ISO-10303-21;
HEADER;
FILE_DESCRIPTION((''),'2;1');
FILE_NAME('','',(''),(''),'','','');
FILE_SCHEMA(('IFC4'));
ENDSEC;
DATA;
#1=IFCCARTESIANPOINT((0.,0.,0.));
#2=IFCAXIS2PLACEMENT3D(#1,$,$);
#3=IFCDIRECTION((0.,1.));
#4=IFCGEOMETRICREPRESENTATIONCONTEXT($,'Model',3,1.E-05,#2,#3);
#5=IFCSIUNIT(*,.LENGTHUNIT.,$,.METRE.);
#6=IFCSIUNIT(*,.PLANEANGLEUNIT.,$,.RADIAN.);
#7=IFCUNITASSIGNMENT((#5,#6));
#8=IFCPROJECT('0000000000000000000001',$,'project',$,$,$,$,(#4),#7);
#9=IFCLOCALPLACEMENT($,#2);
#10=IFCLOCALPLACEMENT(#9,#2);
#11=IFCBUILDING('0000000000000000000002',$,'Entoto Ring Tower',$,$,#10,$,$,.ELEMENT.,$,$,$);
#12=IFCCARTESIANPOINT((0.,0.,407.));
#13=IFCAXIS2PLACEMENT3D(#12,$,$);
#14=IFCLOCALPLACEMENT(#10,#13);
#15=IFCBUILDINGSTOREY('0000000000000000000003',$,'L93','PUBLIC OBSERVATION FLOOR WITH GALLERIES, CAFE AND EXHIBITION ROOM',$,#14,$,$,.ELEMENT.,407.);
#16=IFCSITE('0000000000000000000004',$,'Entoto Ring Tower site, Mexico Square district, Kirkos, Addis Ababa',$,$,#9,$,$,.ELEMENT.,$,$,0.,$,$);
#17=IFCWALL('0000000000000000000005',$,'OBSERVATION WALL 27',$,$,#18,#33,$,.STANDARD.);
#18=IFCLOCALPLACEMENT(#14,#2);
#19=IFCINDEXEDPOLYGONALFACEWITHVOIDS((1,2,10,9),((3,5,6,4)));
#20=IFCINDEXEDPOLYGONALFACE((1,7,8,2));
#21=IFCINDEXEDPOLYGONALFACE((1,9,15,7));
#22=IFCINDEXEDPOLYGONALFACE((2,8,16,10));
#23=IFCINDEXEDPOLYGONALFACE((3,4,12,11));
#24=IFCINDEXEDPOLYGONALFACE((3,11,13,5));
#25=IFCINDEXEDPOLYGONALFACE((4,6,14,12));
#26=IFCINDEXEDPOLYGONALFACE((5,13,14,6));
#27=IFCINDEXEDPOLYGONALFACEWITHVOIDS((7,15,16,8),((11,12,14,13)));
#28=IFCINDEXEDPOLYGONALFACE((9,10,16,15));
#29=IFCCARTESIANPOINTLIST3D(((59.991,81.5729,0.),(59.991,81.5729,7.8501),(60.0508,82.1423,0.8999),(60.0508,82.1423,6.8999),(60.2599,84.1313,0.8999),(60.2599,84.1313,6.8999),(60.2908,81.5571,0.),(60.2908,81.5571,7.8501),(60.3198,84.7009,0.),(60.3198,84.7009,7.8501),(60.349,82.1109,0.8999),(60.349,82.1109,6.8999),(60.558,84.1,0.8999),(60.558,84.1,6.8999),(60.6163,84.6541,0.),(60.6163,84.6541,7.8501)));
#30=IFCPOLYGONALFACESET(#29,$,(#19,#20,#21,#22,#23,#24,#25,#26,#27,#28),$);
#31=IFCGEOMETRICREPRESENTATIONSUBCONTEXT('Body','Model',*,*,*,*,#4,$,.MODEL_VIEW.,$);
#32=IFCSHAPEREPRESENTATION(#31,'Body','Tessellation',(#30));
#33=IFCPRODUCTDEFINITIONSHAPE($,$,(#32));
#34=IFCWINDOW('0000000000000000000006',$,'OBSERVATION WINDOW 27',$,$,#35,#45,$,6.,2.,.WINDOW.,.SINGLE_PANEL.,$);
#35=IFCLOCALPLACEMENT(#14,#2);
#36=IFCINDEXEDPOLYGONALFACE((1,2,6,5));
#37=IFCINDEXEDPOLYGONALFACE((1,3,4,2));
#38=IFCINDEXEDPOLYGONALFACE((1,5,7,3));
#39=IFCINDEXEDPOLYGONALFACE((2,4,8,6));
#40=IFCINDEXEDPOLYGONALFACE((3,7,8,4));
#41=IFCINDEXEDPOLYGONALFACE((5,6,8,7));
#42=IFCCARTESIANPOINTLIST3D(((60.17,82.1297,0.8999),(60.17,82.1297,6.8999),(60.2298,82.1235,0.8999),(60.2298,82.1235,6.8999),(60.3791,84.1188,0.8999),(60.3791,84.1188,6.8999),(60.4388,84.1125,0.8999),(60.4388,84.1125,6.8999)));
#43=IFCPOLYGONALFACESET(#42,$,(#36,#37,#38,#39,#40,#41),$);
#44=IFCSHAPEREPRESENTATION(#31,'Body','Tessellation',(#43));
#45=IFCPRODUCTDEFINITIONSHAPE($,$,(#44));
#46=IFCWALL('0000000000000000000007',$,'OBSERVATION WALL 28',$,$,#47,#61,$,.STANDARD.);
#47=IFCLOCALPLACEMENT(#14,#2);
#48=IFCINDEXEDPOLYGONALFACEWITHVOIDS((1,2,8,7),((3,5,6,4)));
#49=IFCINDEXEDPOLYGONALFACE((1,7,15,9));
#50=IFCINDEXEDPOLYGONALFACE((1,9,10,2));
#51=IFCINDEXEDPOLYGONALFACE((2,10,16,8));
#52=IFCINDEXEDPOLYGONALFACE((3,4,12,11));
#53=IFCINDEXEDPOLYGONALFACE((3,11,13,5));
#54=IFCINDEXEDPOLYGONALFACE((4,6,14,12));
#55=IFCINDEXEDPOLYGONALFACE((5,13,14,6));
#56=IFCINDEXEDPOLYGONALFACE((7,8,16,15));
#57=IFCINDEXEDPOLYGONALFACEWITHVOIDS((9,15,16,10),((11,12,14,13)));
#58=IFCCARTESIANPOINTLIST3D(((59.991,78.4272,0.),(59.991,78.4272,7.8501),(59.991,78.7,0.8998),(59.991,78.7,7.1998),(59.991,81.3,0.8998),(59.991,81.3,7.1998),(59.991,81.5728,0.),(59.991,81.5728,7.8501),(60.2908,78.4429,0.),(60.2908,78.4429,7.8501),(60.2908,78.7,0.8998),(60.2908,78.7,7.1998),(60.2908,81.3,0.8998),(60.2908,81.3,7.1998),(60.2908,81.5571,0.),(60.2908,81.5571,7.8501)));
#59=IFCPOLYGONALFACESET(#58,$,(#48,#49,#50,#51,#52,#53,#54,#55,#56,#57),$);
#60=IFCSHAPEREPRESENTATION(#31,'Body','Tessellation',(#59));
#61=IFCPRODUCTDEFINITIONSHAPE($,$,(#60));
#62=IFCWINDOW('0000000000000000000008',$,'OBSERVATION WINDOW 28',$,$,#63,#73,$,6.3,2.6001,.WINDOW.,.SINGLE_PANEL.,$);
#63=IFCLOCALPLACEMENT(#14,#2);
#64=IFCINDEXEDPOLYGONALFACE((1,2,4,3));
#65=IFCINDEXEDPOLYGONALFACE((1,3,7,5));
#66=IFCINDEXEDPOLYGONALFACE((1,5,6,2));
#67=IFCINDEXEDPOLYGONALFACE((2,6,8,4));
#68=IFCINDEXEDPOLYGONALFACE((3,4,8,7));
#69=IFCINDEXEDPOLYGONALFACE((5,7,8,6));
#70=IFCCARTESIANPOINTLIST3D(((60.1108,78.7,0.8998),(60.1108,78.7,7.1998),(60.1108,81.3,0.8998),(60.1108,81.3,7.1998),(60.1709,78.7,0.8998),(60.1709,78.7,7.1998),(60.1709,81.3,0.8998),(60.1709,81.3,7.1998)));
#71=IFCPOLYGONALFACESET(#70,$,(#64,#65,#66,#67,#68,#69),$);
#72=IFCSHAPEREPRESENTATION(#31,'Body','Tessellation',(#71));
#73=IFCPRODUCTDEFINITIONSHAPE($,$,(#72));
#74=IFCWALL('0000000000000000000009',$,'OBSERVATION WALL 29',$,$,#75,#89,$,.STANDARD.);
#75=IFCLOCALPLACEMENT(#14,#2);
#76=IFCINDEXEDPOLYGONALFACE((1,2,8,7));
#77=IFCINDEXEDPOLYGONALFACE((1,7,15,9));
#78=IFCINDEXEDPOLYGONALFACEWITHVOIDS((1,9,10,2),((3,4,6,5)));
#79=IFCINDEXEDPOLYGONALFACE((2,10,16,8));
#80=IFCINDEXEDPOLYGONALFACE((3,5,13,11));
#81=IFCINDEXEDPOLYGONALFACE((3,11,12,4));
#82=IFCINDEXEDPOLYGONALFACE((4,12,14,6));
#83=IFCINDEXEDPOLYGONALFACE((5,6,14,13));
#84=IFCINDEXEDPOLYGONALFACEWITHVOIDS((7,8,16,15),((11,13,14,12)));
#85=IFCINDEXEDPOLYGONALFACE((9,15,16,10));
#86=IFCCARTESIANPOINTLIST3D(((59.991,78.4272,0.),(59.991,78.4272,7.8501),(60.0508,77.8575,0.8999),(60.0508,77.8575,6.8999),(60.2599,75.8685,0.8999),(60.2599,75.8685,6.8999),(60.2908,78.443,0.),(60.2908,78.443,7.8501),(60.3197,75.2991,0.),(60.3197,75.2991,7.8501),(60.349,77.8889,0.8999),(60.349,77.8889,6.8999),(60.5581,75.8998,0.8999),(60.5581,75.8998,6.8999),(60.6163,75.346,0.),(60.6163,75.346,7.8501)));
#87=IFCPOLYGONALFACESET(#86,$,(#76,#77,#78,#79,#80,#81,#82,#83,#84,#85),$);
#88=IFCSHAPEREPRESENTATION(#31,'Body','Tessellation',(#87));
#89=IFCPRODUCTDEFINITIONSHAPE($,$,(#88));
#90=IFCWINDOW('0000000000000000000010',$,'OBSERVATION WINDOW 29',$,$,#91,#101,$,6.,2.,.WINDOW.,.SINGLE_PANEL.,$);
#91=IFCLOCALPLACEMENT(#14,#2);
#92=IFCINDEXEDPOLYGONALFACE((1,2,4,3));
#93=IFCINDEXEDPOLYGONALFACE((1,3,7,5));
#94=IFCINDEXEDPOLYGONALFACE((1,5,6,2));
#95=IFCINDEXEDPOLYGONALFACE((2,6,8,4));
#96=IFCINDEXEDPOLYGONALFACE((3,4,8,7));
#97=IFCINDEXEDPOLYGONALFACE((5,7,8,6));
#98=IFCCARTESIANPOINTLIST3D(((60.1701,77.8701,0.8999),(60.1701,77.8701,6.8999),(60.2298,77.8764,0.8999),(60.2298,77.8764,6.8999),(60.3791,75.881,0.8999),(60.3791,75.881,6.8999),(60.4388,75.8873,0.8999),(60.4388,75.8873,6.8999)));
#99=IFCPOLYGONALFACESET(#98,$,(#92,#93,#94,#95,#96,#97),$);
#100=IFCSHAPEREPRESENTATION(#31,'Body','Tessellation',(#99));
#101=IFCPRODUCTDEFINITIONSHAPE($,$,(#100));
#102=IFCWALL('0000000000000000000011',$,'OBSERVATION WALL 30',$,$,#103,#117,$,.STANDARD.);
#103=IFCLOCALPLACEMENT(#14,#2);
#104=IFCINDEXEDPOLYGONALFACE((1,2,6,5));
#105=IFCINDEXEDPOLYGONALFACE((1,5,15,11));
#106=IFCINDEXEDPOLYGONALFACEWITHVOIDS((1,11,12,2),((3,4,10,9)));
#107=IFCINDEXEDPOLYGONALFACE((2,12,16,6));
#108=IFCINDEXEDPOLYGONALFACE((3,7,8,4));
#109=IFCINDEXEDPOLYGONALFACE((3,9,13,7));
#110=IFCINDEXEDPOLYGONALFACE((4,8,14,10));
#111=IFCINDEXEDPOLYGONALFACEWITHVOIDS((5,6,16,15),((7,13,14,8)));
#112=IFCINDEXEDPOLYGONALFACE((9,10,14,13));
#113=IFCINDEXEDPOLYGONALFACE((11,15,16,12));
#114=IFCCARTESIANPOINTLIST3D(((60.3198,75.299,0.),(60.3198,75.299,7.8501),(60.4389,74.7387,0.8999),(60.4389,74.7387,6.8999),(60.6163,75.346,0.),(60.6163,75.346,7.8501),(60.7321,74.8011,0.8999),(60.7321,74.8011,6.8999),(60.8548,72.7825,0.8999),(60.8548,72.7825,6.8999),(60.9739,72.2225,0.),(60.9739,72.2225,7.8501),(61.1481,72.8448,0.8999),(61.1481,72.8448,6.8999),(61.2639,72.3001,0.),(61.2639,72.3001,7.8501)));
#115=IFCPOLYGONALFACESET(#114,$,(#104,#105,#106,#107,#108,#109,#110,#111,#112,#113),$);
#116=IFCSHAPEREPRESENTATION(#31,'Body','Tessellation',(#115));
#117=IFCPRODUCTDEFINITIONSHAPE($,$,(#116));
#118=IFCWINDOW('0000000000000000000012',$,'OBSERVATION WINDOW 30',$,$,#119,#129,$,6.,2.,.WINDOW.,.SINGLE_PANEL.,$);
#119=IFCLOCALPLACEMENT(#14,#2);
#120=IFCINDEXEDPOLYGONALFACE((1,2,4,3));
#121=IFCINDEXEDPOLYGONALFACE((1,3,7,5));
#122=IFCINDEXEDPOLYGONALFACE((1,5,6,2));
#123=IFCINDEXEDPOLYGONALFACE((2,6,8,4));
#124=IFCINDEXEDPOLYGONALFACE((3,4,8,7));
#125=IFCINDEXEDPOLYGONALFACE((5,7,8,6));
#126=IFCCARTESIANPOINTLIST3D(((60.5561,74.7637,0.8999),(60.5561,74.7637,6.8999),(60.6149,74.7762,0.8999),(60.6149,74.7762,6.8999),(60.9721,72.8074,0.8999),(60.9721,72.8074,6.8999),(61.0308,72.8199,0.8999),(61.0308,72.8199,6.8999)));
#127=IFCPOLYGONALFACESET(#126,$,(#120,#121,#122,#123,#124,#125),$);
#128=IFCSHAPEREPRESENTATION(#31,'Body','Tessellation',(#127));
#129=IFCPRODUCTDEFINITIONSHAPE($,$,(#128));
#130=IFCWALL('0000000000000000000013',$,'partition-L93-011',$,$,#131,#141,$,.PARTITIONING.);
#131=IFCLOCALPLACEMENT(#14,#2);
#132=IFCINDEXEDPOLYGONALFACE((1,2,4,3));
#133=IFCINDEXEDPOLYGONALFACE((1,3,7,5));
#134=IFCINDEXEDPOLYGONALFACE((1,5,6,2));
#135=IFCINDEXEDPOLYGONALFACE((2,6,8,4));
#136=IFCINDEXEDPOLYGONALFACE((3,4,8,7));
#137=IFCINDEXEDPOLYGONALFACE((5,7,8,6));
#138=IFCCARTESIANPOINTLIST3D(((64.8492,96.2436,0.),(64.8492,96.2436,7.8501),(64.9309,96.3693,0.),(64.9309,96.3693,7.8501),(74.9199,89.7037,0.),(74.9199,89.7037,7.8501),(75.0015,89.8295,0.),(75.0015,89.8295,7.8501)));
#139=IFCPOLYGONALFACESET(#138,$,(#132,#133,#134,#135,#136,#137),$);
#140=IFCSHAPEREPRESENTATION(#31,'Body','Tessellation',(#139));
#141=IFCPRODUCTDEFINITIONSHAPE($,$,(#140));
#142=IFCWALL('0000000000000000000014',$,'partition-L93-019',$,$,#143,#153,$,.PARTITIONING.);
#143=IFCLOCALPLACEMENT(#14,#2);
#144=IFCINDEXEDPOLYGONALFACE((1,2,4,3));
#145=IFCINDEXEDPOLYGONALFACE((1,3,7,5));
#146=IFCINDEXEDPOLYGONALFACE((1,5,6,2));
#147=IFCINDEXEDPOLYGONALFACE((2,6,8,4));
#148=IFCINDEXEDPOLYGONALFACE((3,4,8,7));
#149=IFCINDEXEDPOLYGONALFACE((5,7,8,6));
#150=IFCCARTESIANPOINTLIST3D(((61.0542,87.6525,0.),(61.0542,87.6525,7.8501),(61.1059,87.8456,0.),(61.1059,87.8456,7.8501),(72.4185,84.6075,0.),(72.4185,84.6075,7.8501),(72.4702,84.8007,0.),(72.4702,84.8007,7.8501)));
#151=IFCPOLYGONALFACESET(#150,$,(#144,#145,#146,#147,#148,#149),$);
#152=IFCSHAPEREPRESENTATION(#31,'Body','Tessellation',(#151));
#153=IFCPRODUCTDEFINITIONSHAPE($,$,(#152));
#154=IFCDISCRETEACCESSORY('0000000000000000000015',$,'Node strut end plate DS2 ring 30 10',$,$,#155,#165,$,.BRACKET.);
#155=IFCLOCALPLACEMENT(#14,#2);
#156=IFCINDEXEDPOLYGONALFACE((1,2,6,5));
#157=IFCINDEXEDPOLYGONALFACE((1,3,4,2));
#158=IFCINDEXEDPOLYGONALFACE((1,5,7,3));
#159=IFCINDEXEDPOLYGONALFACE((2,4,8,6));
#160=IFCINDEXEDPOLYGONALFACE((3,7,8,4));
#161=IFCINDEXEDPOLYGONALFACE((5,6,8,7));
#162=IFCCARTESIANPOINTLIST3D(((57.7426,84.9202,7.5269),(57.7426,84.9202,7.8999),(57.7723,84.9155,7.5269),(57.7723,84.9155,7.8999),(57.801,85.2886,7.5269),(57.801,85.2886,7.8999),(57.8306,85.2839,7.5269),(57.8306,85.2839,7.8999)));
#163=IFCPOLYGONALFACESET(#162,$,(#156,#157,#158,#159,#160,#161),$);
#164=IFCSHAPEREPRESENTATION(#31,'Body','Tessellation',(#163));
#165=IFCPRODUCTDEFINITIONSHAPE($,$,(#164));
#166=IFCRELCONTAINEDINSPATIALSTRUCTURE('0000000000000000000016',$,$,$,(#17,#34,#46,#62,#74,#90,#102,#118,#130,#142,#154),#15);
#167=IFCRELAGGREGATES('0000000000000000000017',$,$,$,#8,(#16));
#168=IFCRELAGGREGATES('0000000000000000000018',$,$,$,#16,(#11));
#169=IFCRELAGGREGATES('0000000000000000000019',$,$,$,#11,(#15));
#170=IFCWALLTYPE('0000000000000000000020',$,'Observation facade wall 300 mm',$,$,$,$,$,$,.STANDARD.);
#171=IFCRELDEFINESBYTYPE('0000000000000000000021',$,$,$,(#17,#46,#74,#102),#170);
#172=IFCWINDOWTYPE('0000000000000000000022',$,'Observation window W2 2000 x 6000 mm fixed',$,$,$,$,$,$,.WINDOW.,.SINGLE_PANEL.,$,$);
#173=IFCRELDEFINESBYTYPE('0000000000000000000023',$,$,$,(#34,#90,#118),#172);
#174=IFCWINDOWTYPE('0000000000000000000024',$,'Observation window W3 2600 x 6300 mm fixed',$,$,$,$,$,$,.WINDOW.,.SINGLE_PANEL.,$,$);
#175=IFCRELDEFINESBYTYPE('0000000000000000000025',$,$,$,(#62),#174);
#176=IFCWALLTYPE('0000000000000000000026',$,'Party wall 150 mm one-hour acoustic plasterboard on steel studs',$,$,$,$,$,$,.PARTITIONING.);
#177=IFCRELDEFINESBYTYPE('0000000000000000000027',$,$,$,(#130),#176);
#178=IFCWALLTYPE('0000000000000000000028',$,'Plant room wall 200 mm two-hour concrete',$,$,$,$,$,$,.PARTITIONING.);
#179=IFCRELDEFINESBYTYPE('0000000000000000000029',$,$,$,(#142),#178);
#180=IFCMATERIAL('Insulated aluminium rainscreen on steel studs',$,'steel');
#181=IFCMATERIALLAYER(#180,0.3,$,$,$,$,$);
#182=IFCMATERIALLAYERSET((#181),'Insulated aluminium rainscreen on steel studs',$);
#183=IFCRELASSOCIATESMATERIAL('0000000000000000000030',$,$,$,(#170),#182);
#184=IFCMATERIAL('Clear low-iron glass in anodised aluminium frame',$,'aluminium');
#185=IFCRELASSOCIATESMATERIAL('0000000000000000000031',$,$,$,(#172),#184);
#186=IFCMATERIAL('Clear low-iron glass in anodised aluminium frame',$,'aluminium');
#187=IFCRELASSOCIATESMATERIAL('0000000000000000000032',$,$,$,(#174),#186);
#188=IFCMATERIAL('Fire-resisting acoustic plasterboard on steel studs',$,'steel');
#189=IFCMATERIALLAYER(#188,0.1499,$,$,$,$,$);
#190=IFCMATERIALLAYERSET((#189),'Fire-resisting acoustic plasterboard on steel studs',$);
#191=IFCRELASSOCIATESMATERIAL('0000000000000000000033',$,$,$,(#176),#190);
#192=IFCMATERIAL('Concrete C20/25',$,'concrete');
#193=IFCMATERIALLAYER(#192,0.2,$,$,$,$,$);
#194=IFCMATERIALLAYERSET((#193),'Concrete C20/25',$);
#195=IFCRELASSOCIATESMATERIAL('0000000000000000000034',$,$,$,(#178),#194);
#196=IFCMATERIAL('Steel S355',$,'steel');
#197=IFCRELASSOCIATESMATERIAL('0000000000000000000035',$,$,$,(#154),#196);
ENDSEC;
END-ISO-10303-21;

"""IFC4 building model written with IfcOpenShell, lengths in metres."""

from ifc_helpers import new_model, si_unit, direction, frame, frame_2d, origin, origin_2d, place, context, subcontext, project, spatial, polyline, rectangle, outline, extrude, material, layer, layer_set, type_object, element, fill, save


model = new_model("IFC4")

# Units and contexts
model_context = context("Model", 3, precision=1e-05, world=origin(), true_north=direction((0.0, 1.0)))
body_context = subcontext(model_context, "Body", "Model", "MODEL_VIEW")
ifc_project = project(units=[si_unit("LENGTHUNIT", "METRE"), si_unit("PLANEANGLEUNIT", "RADIAN")], contexts=[model_context])

# Site, building, storey
site_placement = place(None, origin())
site = spatial("IfcSite", under=ifc_project, at=site_placement, Name="Entoto Ring Tower site, Mexico Square district, Kirkos, Addis Ababa", CompositionType="ELEMENT", RefElevation=0.0)
building_placement = place(site_placement, origin())
building = spatial("IfcBuilding", under=site, at=building_placement, Name="Entoto Ring Tower", CompositionType="ELEMENT")
storey_placement = place(building_placement, frame((0.0, 0.0, 407.0)))
storey = spatial("IfcBuildingStorey", under=building, at=storey_placement, Name="L93", Description="PUBLIC OBSERVATION FLOOR WITH GALLERIES, CAFE AND EXHIBITION ROOM", CompositionType="ELEMENT", Elevation=407.0)

# Walls, openings, windows
ifc_material_1 = material(Name="Insulated aluminium rainscreen on steel studs", Category="steel")
ifc_layer_1 = layer(ifc_material_1, 0.3)
ifc_layer_set_1 = layer_set([ifc_layer_1], Name="Insulated aluminium rainscreen on steel studs")
wall_type_1 = type_object("IfcWallType", Name="Observation facade wall 300 mm", PredefinedType="STANDARD", material=ifc_layer_set_1)
ifc_material_2 = material(Name="Clear low-iron glass in anodised aluminium frame", Category="aluminium")
window_type_1 = type_object("IfcWindowType", Name="Observation window W2 2000 x 6000 mm fixed", PartitioningType="SINGLE_PANEL", PredefinedType="WINDOW", material=ifc_material_2)
wall_1_placement = place(storey_placement, frame((60.468, 84.6775, 0.0), z_axis=(0.0, 0.0, 1.0), x_axis=(-0.10453, -0.994522, 0.0)))
wall_1 = element("IfcWall", 1, at=wall_1_placement, inside=storey, type_object=wall_type_1, Name="OBSERVATION WALL 27", PredefinedType="STANDARD", context=body_context, shape_type="SweptSolid", body=[
    extrude(outline(polyline([(-0.0078, -0.1499), (3.1375, -0.1499), (3.1218, 0.1499), (0.0078, 0.1499), (-0.0078, -0.1499)])), origin(), (0.0, 0.0, 1.0), 7.8501),
])
opening_1_placement = place(wall_1_placement, frame((0.5649, 0.0, 0.8999)))
opening_1 = element("IfcOpeningElement", 2, at=opening_1_placement, cuts=wall_1, PredefinedType="OPENING", context=body_context, shape_type="SweptSolid", body=[
    extrude(rectangle(XDim=2.0, YDim=6.0, at=frame_2d((1.0, 3.0))), frame((0.0, 0.1602, 0.0), z_axis=(0.0, -1.0, 0.0), x_axis=(1.0, 0.0, 0.0)), (0.0, 0.0, 1.0), 0.3201),
])
window_1_placement = place(opening_1_placement, origin())
window_1 = element("IfcWindow", 3, at=window_1_placement, inside=storey, type_object=window_type_1, Name="OBSERVATION WINDOW 27", OverallHeight=6.0, OverallWidth=2.0, PartitioningType="SINGLE_PANEL", PredefinedType="WINDOW", context=body_context, shape_type="SweptSolid", body=[
    extrude(rectangle(XDim=2.0, YDim=6.0, at=frame_2d((1.0, 3.0))), frame((0.0, 0.03, 0.0), z_axis=(0.0, -1.0, 0.0), x_axis=(1.0, 0.0, 0.0)), (0.0, 0.0, 1.0), 0.0601),
])
fill(opening_1, window_1)
wall_2_placement = place(storey_placement, frame((60.1409, 81.5649, 0.0), z_axis=(0.0, 0.0, 1.0), x_axis=(0.0, -1.0, 0.0)))
wall_2 = element("IfcWall", 4, at=wall_2_placement, inside=storey, type_object=wall_type_1, Name="OBSERVATION WALL 28", PredefinedType="STANDARD", context=body_context, shape_type="SweptSolid", body=[
    extrude(outline(polyline([(-0.0078, -0.1499), (3.1377, -0.1499), (3.1221, 0.1499), (0.0078, 0.1499), (-0.0078, -0.1499)])), origin(), (0.0, 0.0, 1.0), 7.8501),
])
opening_2_placement = place(wall_2_placement, frame((0.2649, 0.0, 0.8999)))
opening_2 = element("IfcOpeningElement", 5, at=opening_2_placement, cuts=wall_2, PredefinedType="OPENING", context=body_context, shape_type="SweptSolid", body=[
    extrude(rectangle(XDim=2.6001, YDim=6.3, at=frame_2d((1.3, 3.1499))), frame((0.0, 0.1602, 0.0), z_axis=(0.0, -1.0, 0.0), x_axis=(1.0, 0.0, 0.0)), (0.0, 0.0, 1.0), 0.3201),
])
ifc_material_3 = material(Name="Clear low-iron glass in anodised aluminium frame", Category="aluminium")
window_type_2 = type_object("IfcWindowType", Name="Observation window W3 2600 x 6300 mm fixed", PartitioningType="SINGLE_PANEL", PredefinedType="WINDOW", material=ifc_material_3)
window_2_placement = place(opening_2_placement, origin())
window_2 = element("IfcWindow", 6, at=window_2_placement, inside=storey, type_object=window_type_2, Name="OBSERVATION WINDOW 28", OverallHeight=6.3, OverallWidth=2.6001, PartitioningType="SINGLE_PANEL", PredefinedType="WINDOW", context=body_context, shape_type="SweptSolid", body=[
    extrude(rectangle(XDim=2.6001, YDim=6.3, at=frame_2d((1.3, 3.1499))), frame((0.0, 0.03, 0.0), z_axis=(0.0, -1.0, 0.0), x_axis=(1.0, 0.0, 0.0)), (0.0, 0.0, 1.0), 0.0601),
])
fill(opening_2, window_2)
wall_3_placement = place(storey_placement, frame((60.1409, 78.4351, 0.0), z_axis=(0.0, 0.0, 1.0), x_axis=(0.10453, -0.994522, 0.0)))
wall_3 = element("IfcWall", 7, at=wall_3_placement, inside=storey, type_object=wall_type_1, Name="OBSERVATION WALL 29", PredefinedType="STANDARD", context=body_context, shape_type="SweptSolid", body=[
    extrude(outline(polyline([(-0.0078, -0.1499), (3.1375, -0.1499), (3.1218, 0.1499), (0.0078, 0.1499), (-0.0078, -0.1499)])), origin(), (0.0, 0.0, 1.0), 7.8501),
])
opening_3_placement = place(wall_3_placement, frame((0.5649, 0.0, 0.8999)))
opening_3 = element("IfcOpeningElement", 8, at=opening_3_placement, cuts=wall_3, PredefinedType="OPENING", context=body_context, shape_type="SweptSolid", body=[
    extrude(rectangle(XDim=2.0, YDim=6.0, at=frame_2d((1.0, 3.0))), frame((0.0, 0.1602, 0.0), z_axis=(0.0, -1.0, 0.0), x_axis=(1.0, 0.0, 0.0)), (0.0, 0.0, 1.0), 0.3201),
])
window_3_placement = place(opening_3_placement, origin())
window_3 = element("IfcWindow", 9, at=window_3_placement, inside=storey, type_object=window_type_1, Name="OBSERVATION WINDOW 29", OverallHeight=6.0, OverallWidth=2.0, PartitioningType="SINGLE_PANEL", PredefinedType="WINDOW", context=body_context, shape_type="SweptSolid", body=[
    extrude(rectangle(XDim=2.0, YDim=6.0, at=frame_2d((1.0, 3.0))), frame((0.0, 0.03, 0.0), z_axis=(0.0, -1.0, 0.0), x_axis=(1.0, 0.0, 0.0)), (0.0, 0.0, 1.0), 0.0601),
])
fill(opening_3, window_3)
wall_4_placement = place(storey_placement, frame((60.468, 75.3225, 0.0), z_axis=(0.0, 0.0, 1.0), x_axis=(0.207968, -0.978136, 0.0)))
wall_4 = element("IfcWall", 10, at=wall_4_placement, inside=storey, type_object=wall_type_1, Name="OBSERVATION WALL 30", PredefinedType="STANDARD", context=body_context, shape_type="SweptSolid", body=[
    extrude(outline(polyline([(-0.0078, -0.1499), (3.1375, -0.1499), (3.1218, 0.1499), (0.0078, 0.1499), (-0.0078, -0.1499)])), origin(), (0.0, 0.0, 1.0), 7.8501),
])
opening_4_placement = place(wall_4_placement, frame((0.5649, 0.0, 0.8999)))
opening_4 = element("IfcOpeningElement", 11, at=opening_4_placement, cuts=wall_4, PredefinedType="OPENING", context=body_context, shape_type="SweptSolid", body=[
    extrude(rectangle(XDim=2.0, YDim=6.0, at=frame_2d((1.0, 3.0))), frame((0.0, 0.1602, 0.0), z_axis=(0.0, -1.0, 0.0), x_axis=(1.0, 0.0, 0.0)), (0.0, 0.0, 1.0), 0.3201),
])
window_4_placement = place(opening_4_placement, origin())
window_4 = element("IfcWindow", 12, at=window_4_placement, inside=storey, type_object=window_type_1, Name="OBSERVATION WINDOW 30", OverallHeight=6.0, OverallWidth=2.0, PartitioningType="SINGLE_PANEL", PredefinedType="WINDOW", context=body_context, shape_type="SweptSolid", body=[
    extrude(rectangle(XDim=2.0, YDim=6.0, at=frame_2d((1.0, 3.0))), frame((0.0, 0.03, 0.0), z_axis=(0.0, -1.0, 0.0), x_axis=(1.0, 0.0, 0.0)), (0.0, 0.0, 1.0), 0.0601),
])
fill(opening_4, window_4)

# Walls
ifc_material_4 = material(Name="Fire-resisting acoustic plasterboard on steel studs", Category="steel")
ifc_layer_2 = layer(ifc_material_4, 0.1499)
ifc_layer_set_2 = layer_set([ifc_layer_2], Name="Fire-resisting acoustic plasterboard on steel studs")
wall_type_2 = type_object("IfcWallType", Name="Party wall 150 mm one-hour acoustic plasterboard on steel studs", PredefinedType="PARTITIONING", material=ifc_layer_set_2)
wall_5_placement = place(storey_placement, frame((74.9607, 89.7666, 0.0), z_axis=(0.0, 0.0, 1.0), x_axis=(-0.838674, 0.544633, 0.0)))
element("IfcWall", 13, at=wall_5_placement, inside=storey, type_object=wall_type_2, Name="partition-L93-011", PredefinedType="PARTITIONING", context=body_context, shape_type="SweptSolid", body=[
    extrude(rectangle(XDim=12.0078, YDim=0.1499, at=frame_2d((6.0039, 0.0))), origin(), (0.0, 0.0, 1.0), 7.8501),
])
ifc_material_5 = material(Name="Concrete C20/25", Category="concrete")
ifc_layer_3 = layer(ifc_material_5, 0.2)
ifc_layer_set_3 = layer_set([ifc_layer_3], Name="Concrete C20/25")
wall_type_3 = type_object("IfcWallType", Name="Plant room wall 200 mm two-hour concrete", PredefinedType="PARTITIONING", material=ifc_layer_set_3)
wall_6_placement = place(storey_placement, frame((72.4443, 84.7041, 0.0), z_axis=(0.0, 0.0, 1.0), x_axis=(-0.965928, 0.258809, 0.0)))
element("IfcWall", 14, at=wall_6_placement, inside=storey, type_object=wall_type_3, Name="partition-L93-019", PredefinedType="PARTITIONING", context=body_context, shape_type="SweptSolid", body=[
    extrude(rectangle(XDim=11.7651, YDim=0.2, at=frame_2d((5.8826, 0.0))), origin(), (0.0, 0.0, 1.0), 7.8501),
])

# Discrete accessory
ifc_material_6 = material(Name="Steel S355", Category="steel")
discrete_accessory_placement = place(storey_placement, frame((57.7866, 85.1021, 7.5269), z_axis=(0.0, 0.0, 1.0), x_axis=(-0.987688, 0.156434, 0.0)))
element("IfcDiscreteAccessory", 15, at=discrete_accessory_placement, inside=storey, material=ifc_material_6, Name="Node strut end plate DS2 ring 30 10", PredefinedType="BRACKET", context=body_context, shape_type="SweptSolid", body=[
    extrude(rectangle(XDim=0.03, YDim=0.373, at=origin_2d()), origin(), (0.0, 0.0, 1.0), 0.373),
])

save(model, "model.ifc")
